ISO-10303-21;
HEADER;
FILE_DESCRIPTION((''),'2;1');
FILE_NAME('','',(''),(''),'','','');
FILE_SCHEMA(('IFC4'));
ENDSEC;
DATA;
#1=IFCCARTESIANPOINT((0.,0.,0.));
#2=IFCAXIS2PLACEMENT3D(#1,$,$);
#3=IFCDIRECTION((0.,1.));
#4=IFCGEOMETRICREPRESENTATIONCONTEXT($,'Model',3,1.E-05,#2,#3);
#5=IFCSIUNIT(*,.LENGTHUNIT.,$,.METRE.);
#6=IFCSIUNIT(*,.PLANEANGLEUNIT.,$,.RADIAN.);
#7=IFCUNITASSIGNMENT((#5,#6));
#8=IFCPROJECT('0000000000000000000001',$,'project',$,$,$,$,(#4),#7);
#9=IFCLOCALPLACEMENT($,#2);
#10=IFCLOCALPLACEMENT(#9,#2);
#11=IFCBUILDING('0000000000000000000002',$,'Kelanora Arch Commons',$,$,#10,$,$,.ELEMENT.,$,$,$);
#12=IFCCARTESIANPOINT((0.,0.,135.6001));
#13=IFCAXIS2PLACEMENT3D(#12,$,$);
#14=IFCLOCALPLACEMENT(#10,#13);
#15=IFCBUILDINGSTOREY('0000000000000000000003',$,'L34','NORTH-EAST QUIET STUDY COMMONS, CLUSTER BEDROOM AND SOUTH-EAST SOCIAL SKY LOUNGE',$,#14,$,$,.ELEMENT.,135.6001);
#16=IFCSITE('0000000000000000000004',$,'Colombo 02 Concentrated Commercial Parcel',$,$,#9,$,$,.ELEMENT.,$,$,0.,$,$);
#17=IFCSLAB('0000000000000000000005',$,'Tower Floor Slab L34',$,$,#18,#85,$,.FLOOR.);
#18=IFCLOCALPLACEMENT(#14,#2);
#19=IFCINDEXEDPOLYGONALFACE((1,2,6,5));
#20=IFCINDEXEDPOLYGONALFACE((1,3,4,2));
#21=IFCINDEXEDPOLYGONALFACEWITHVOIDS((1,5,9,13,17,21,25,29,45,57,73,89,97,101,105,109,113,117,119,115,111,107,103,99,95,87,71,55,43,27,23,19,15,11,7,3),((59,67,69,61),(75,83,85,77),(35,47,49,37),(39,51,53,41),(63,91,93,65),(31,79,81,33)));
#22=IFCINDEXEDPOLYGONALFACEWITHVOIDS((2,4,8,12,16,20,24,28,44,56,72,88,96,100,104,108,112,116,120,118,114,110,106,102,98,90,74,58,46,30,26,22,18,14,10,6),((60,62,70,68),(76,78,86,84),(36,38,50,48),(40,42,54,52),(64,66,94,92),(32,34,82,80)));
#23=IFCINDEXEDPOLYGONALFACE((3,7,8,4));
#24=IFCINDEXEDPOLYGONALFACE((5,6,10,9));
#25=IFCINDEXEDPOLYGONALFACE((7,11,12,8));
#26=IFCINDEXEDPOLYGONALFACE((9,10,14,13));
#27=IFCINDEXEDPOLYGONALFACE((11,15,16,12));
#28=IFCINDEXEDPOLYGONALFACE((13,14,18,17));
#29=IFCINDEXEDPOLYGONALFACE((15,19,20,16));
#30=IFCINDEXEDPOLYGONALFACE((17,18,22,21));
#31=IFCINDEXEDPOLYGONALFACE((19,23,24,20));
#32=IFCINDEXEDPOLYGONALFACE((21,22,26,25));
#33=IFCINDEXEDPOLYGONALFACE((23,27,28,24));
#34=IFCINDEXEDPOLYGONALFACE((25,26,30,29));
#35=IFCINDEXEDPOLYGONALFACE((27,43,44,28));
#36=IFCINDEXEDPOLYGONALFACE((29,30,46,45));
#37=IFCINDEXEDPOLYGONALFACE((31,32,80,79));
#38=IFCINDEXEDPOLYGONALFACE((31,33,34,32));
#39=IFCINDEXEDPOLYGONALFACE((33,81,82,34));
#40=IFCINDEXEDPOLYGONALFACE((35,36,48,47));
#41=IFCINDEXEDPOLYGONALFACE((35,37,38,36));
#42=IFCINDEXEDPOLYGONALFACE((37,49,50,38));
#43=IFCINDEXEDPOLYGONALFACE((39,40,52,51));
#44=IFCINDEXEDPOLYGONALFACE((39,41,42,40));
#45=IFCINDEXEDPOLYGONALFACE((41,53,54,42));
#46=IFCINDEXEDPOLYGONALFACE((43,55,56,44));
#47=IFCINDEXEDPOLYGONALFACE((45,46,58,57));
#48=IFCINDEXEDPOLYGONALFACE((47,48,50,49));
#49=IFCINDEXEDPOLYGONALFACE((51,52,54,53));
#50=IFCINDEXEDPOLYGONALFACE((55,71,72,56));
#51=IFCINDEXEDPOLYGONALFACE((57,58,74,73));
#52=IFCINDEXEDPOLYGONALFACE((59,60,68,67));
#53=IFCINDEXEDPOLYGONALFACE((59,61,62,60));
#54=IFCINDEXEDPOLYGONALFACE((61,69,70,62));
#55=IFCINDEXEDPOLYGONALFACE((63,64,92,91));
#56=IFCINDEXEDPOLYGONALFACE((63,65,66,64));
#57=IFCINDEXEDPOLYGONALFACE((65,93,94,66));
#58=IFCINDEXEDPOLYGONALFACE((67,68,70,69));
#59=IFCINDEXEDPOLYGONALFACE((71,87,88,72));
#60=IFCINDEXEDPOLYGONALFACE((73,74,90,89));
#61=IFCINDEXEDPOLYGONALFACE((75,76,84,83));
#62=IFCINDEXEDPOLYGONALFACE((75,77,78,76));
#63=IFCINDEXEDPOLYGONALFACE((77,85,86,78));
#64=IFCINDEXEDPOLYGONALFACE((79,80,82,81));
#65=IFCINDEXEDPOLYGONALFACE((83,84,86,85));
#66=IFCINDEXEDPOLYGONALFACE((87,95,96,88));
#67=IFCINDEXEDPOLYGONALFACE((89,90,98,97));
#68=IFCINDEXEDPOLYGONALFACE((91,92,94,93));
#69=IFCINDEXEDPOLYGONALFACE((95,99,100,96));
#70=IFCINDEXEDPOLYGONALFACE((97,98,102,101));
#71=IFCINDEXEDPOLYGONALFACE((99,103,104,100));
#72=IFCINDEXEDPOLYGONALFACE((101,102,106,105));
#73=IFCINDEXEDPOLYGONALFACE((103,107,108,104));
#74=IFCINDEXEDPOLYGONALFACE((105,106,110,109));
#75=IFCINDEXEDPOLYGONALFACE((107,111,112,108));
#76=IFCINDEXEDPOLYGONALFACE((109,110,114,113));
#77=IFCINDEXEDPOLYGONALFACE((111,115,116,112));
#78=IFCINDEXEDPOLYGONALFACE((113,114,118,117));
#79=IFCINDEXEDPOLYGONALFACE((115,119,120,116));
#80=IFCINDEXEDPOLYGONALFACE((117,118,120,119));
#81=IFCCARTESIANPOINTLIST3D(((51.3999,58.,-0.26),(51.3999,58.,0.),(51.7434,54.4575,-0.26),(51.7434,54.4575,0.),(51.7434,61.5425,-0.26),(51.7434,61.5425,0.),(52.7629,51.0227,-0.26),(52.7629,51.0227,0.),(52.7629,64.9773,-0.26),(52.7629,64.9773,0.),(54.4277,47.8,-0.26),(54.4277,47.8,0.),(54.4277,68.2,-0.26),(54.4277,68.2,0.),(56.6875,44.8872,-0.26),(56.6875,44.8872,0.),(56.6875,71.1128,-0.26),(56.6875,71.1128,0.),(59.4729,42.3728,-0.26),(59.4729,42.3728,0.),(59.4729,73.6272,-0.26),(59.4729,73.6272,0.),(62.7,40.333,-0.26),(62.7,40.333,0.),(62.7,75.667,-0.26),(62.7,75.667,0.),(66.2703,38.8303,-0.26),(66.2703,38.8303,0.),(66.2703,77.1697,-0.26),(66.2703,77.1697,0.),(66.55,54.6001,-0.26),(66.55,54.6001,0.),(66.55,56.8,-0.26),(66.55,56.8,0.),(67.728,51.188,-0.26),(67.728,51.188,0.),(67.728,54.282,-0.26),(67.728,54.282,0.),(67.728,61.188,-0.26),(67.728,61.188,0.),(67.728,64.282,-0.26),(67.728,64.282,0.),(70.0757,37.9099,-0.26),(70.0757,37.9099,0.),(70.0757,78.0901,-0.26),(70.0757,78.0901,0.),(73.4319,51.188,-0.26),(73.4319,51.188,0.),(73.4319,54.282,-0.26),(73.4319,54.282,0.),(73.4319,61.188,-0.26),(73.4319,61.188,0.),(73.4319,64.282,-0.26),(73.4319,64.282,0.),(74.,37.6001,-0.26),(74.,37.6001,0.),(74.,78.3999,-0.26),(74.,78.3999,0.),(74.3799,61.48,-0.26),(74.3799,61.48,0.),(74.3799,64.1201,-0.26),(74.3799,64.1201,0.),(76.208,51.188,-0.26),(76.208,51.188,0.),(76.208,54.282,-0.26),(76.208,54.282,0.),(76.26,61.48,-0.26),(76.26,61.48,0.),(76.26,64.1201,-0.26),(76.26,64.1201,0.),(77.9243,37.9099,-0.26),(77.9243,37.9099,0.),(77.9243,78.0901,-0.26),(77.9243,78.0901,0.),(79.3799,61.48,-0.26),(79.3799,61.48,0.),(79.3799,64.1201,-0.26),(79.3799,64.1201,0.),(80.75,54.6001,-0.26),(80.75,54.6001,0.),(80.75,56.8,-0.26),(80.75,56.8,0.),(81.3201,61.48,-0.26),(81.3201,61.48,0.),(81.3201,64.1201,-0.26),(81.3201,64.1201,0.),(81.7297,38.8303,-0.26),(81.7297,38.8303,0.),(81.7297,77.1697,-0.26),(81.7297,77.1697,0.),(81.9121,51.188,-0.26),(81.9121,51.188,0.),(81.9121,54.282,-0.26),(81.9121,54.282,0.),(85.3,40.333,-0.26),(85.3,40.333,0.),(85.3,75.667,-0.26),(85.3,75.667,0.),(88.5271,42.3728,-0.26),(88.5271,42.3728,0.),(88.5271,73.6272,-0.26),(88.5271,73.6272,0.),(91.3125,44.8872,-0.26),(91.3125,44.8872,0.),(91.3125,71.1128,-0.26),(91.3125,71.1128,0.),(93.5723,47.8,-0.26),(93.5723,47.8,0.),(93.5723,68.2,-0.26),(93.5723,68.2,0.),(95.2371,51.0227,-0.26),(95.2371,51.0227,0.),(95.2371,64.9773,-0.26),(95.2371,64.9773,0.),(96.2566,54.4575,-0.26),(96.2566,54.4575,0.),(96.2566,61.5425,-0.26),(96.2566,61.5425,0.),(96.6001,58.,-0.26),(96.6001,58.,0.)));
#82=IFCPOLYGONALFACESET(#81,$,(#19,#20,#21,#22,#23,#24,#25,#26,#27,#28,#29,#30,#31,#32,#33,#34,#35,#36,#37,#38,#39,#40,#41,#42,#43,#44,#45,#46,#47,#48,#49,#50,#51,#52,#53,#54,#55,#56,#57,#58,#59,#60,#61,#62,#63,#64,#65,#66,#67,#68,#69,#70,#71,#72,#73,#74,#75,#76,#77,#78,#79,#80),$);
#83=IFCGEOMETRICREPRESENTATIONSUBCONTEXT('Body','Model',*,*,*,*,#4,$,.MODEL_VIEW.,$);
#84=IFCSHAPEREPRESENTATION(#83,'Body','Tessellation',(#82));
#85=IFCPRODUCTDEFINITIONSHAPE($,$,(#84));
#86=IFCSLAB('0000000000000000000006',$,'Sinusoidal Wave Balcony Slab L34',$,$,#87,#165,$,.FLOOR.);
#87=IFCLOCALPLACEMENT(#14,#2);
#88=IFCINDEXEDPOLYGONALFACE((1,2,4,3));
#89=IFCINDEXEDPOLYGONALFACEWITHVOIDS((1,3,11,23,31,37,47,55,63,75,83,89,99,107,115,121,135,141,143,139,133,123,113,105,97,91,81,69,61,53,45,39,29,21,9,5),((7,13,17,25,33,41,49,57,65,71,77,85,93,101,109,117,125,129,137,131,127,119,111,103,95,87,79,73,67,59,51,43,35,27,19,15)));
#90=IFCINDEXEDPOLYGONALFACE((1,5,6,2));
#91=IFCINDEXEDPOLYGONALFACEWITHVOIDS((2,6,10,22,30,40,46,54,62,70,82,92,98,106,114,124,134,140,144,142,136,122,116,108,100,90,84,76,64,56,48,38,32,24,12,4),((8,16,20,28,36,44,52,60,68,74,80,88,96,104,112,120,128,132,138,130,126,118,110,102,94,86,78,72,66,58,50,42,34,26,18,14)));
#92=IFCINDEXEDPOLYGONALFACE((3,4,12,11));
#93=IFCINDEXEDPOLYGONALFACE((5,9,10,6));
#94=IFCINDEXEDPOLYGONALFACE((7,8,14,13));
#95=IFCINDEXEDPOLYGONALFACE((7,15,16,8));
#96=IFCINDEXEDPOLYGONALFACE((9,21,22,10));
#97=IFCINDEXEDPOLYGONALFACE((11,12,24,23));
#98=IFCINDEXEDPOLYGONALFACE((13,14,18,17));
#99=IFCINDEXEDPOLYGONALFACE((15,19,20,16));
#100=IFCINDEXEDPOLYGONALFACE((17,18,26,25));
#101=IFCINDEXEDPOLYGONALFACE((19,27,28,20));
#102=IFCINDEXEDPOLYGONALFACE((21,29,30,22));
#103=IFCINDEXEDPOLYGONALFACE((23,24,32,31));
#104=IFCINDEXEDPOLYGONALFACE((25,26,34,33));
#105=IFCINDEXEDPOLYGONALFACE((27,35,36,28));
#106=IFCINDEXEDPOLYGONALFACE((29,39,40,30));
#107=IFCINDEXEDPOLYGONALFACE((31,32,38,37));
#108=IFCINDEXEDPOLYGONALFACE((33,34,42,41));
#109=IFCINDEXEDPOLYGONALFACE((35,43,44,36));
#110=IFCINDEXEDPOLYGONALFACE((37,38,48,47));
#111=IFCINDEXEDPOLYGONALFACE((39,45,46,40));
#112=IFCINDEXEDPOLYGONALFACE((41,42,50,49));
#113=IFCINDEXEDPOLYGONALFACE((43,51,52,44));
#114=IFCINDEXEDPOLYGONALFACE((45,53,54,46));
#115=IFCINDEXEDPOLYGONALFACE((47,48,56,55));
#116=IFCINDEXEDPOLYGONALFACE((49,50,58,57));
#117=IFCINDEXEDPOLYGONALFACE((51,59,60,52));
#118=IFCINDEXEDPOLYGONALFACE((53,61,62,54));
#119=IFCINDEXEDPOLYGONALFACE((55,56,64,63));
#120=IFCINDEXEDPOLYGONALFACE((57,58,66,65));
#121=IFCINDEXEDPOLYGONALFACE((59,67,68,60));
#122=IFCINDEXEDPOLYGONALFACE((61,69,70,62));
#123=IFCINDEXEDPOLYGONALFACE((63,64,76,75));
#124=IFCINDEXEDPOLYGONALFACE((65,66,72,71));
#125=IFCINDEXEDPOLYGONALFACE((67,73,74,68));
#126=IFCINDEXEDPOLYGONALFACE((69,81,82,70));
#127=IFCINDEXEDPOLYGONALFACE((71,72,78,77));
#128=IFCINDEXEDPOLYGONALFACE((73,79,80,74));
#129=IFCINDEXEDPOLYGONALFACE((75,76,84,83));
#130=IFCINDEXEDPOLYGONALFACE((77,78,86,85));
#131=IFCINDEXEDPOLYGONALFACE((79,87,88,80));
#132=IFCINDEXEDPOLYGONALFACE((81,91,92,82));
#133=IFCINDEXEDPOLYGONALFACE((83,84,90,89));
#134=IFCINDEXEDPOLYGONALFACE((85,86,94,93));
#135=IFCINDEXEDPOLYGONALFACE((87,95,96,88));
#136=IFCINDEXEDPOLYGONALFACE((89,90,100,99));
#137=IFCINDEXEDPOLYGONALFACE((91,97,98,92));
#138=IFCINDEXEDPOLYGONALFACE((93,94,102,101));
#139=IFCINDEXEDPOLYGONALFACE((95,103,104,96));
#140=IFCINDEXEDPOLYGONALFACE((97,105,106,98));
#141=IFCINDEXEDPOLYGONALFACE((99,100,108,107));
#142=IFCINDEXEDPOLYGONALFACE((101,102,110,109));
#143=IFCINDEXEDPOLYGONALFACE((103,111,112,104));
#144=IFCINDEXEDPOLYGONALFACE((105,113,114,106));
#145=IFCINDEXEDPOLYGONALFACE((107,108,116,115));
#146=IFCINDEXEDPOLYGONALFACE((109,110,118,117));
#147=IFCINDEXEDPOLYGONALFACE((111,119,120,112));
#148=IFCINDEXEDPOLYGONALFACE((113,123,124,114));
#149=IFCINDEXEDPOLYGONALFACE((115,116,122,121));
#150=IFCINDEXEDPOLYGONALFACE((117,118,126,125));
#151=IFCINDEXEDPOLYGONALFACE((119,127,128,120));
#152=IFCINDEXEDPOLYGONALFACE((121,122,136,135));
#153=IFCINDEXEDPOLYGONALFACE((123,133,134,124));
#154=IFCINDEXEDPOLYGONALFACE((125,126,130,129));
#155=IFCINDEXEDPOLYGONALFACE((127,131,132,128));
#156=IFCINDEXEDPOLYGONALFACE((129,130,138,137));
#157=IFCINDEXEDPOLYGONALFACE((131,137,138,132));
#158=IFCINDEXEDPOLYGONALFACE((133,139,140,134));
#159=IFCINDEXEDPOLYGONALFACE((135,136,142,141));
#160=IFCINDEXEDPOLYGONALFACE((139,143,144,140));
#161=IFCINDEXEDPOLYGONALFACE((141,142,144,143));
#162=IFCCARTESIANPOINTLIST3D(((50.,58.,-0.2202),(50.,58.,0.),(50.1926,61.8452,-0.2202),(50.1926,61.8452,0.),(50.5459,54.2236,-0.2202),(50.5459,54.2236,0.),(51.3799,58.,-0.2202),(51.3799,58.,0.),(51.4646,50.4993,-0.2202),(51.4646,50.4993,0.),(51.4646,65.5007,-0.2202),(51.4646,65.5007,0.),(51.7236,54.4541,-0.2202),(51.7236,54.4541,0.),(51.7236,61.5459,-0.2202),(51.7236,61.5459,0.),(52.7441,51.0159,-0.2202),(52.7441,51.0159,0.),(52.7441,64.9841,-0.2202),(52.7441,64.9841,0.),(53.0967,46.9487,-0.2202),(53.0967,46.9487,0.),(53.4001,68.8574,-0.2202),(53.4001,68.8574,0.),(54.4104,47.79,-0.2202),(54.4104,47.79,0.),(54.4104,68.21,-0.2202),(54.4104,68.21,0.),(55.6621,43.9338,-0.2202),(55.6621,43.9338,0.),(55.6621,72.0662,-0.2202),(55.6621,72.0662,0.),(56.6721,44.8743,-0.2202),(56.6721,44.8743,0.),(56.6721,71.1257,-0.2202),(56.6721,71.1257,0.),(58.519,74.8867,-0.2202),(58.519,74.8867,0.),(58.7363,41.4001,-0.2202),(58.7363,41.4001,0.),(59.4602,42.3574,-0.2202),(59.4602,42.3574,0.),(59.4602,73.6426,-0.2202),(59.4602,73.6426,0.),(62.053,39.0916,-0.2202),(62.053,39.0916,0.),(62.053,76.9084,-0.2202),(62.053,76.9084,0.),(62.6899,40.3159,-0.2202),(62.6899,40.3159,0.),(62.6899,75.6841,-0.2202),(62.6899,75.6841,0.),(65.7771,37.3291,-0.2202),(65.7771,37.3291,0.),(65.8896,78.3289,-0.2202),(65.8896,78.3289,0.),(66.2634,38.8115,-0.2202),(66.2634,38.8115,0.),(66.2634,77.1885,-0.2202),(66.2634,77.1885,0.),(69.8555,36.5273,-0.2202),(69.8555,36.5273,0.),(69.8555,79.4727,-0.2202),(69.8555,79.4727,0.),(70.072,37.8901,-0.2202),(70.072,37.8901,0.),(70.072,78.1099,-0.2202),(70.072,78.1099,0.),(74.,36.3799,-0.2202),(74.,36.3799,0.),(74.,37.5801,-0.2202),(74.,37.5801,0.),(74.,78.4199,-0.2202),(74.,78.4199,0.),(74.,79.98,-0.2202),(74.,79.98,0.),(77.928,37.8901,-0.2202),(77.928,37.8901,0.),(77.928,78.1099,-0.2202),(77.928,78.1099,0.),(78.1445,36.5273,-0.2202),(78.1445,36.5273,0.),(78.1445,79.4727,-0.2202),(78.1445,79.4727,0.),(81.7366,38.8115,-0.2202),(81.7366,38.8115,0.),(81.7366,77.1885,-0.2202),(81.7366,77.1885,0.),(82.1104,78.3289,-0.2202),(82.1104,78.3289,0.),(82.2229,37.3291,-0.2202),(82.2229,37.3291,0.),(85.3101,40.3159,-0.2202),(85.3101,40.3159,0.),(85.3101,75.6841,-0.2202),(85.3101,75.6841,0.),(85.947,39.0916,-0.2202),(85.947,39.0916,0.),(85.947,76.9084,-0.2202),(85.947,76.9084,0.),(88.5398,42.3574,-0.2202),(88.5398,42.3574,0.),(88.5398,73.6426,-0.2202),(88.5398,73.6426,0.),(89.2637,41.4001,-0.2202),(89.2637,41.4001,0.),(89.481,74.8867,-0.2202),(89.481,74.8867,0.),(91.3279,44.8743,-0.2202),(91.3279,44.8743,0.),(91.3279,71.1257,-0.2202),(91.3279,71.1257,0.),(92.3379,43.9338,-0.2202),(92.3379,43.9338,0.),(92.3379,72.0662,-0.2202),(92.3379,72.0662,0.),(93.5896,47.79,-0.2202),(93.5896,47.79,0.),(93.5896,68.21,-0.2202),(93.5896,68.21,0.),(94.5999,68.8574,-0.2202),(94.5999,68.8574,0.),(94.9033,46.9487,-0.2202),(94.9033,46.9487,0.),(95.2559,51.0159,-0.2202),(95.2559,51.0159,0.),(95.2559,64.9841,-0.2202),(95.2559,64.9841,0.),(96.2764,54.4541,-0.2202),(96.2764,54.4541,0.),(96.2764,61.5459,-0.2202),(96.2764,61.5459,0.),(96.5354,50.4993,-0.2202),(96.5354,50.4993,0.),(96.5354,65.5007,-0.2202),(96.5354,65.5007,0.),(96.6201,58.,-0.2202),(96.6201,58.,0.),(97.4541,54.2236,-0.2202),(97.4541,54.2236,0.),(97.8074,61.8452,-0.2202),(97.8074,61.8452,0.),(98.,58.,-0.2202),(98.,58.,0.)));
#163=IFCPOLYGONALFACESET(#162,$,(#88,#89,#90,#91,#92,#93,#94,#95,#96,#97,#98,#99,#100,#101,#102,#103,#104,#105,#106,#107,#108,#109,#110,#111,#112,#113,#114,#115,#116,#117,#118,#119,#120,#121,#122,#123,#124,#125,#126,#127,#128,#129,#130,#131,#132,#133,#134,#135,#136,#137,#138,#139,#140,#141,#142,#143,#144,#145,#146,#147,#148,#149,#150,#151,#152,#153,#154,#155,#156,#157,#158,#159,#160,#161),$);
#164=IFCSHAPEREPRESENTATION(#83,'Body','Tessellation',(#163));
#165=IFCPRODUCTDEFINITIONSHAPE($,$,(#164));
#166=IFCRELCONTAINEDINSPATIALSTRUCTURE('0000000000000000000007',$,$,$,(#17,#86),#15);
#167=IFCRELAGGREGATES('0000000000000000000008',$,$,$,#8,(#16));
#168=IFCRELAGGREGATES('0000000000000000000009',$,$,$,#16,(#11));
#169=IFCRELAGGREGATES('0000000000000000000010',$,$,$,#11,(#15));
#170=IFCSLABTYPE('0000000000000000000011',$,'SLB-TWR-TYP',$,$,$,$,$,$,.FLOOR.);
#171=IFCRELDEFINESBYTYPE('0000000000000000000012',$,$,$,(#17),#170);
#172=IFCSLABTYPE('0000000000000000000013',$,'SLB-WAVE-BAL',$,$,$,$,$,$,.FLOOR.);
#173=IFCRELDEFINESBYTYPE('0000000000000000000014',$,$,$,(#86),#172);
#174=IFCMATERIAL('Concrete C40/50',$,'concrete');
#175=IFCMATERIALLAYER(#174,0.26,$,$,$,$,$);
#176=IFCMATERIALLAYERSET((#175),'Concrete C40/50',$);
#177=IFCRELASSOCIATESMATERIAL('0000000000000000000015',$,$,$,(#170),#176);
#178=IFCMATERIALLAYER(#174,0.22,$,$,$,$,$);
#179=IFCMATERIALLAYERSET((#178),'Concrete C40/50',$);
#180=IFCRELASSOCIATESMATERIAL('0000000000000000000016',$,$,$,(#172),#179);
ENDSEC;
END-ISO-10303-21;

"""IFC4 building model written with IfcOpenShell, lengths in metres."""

from ifc_helpers import new_model, si_unit, direction, frame, origin, place, context, subcontext, project, spatial, polyline, outline, extrude, material, layer, layer_set, type_object, element, save


model = new_model("IFC4")

# Units and contexts
model_context = context("Model", 3, precision=1e-05, world=origin(), true_north=direction((0.0, 1.0)))
body_context = subcontext(model_context, "Body", "Model", "MODEL_VIEW")
ifc_project = project(units=[si_unit("LENGTHUNIT", "METRE"), si_unit("PLANEANGLEUNIT", "RADIAN")], contexts=[model_context])

# Site, building, storey
site_placement = place(None, origin())
site = spatial("IfcSite", under=ifc_project, at=site_placement, Name="Colombo 02 Concentrated Commercial Parcel", CompositionType="ELEMENT", RefElevation=0.0)
building_placement = place(site_placement, origin())
building = spatial("IfcBuilding", under=site, at=building_placement, Name="Kelanora Arch Commons", CompositionType="ELEMENT")
storey_placement = place(building_placement, frame((0.0, 0.0, 135.6001)))
storey = spatial("IfcBuildingStorey", under=building, at=storey_placement, Name="L34", Description="NORTH-EAST QUIET STUDY COMMONS, CLUSTER BEDROOM AND SOUTH-EAST SOCIAL SKY LOUNGE", CompositionType="ELEMENT", Elevation=135.6001)

# Shared definitions
ifc_material_1 = material(Name="Concrete C40/50", Category="concrete")

# Slabs
ifc_layer_1 = layer(ifc_material_1, 0.26)
ifc_layer_set_1 = layer_set([ifc_layer_1], Name="Concrete C40/50")
slab_type_1 = type_object("IfcSlabType", Name="SLB-TWR-TYP", PredefinedType="FLOOR", material=ifc_layer_set_1)
slab_1_placement = place(storey_placement, frame((0.0, 0.0, -0.26)))
element("IfcSlab", 1, at=slab_1_placement, inside=storey, type_object=slab_type_1, Name="Tower Floor Slab L34", PredefinedType="FLOOR", context=body_context, shape_type="SweptSolid", body=[
    extrude(outline(polyline([(96.6001, 58.0), (96.2566, 61.5425), (95.2371, 64.9773), (93.5723, 68.2), (91.3125, 71.1128), (88.5271, 73.6272), (85.3, 75.667), (81.7297, 77.1697), (77.9243, 78.0901), (74.0, 78.3999), (70.0757, 78.0901), (66.2703, 77.1697), (62.7, 75.667), (59.4729, 73.6272), (56.6875, 71.1128), (54.4277, 68.2), (52.7629, 64.9773), (51.7434, 61.5425), (51.3999, 58.0), (51.7434, 54.4575), (52.7629, 51.0227), (54.4277, 47.8), (56.6875, 44.8872), (59.4729, 42.3728), (62.7, 40.333), (66.2703, 38.8303), (70.0757, 37.9099), (74.0, 37.6001), (77.9243, 37.9099), (81.7297, 38.8303), (85.3, 40.333), (88.5271, 42.3728), (91.3125, 44.8872), (93.5723, 47.8), (95.2371, 51.0227), (96.2566, 54.4575), (96.6001, 58.0)]), holes=[polyline([(73.4319, 51.188), (67.728, 51.188), (67.728, 54.282), (73.4319, 54.282), (73.4319, 51.188)]), polyline([(76.208, 51.188), (76.208, 54.282), (81.9121, 54.282), (81.9121, 51.188), (76.208, 51.188)]), polyline([(66.55, 54.6001), (66.55, 56.8), (80.75, 56.8), (80.75, 54.6001), (66.55, 54.6001)]), polyline([(73.4319, 61.188), (67.728, 61.188), (67.728, 64.282), (73.4319, 64.282), (73.4319, 61.188)]), polyline([(74.3799, 61.48), (74.3799, 64.1201), (76.26, 64.1201), (76.26, 61.48), (74.3799, 61.48)]), polyline([(79.3799, 61.48), (79.3799, 64.1201), (81.3201, 64.1201), (81.3201, 61.48), (79.3799, 61.48)])]), origin(), (0.0, 0.0, 1.0), 0.26),
])
ifc_layer_2 = layer(ifc_material_1, 0.22)
ifc_layer_set_2 = layer_set([ifc_layer_2], Name="Concrete C40/50")
slab_type_2 = type_object("IfcSlabType", Name="SLB-WAVE-BAL", PredefinedType="FLOOR", material=ifc_layer_set_2)
slab_2_placement = place(storey_placement, frame((0.0, 0.0, -0.2202)))
element("IfcSlab", 2, at=slab_2_placement, inside=storey, type_object=slab_type_2, Name="Sinusoidal Wave Balcony Slab L34", PredefinedType="FLOOR", context=body_context, shape_type="SweptSolid", body=[
    extrude(outline(polyline([(98.0, 58.0), (97.8074, 61.8452), (96.5354, 65.5007), (94.5999, 68.8574), (92.3379, 72.0662), (89.481, 74.8867), (85.947, 76.9084), (82.1104, 78.3289), (78.1445, 79.4727), (74.0, 79.98), (69.8555, 79.4727), (65.8896, 78.3289), (62.053, 76.9084), (58.519, 74.8867), (55.6621, 72.0662), (53.4001, 68.8574), (51.4646, 65.5007), (50.1926, 61.8452), (50.0, 58.0), (50.5459, 54.2236), (51.4646, 50.4993), (53.0967, 46.9487), (55.6621, 43.9338), (58.7363, 41.4001), (62.053, 39.0916), (65.7771, 37.3291), (69.8555, 36.5273), (74.0, 36.3799), (78.1445, 36.5273), (82.2229, 37.3291), (85.947, 39.0916), (89.2637, 41.4001), (92.3379, 43.9338), (94.9033, 46.9487), (96.5354, 50.4993), (97.4541, 54.2236), (98.0, 58.0)]), holes=[polyline([(96.2764, 54.4541), (95.2559, 51.0159), (93.5896, 47.79), (91.3279, 44.8743), (88.5398, 42.3574), (85.3101, 40.3159), (81.7366, 38.8115), (77.928, 37.8901), (74.0, 37.5801), (70.072, 37.8901), (66.2634, 38.8115), (62.6899, 40.3159), (59.4602, 42.3574), (56.6721, 44.8743), (54.4104, 47.79), (52.7441, 51.0159), (51.7236, 54.4541), (51.3799, 58.0), (51.7236, 61.5459), (52.7441, 64.9841), (54.4104, 68.21), (56.6721, 71.1257), (59.4602, 73.6426), (62.6899, 75.6841), (66.2634, 77.1885), (70.072, 78.1099), (74.0, 78.4199), (77.928, 78.1099), (81.7366, 77.1885), (85.3101, 75.6841), (88.5398, 73.6426), (91.3279, 71.1257), (93.5896, 68.21), (95.2559, 64.9841), (96.2764, 61.5459), (96.6201, 58.0), (96.2764, 54.4541)])]), origin(), (0.0, 0.0, 1.0), 0.2202),
])

save(model, "model.ifc")
